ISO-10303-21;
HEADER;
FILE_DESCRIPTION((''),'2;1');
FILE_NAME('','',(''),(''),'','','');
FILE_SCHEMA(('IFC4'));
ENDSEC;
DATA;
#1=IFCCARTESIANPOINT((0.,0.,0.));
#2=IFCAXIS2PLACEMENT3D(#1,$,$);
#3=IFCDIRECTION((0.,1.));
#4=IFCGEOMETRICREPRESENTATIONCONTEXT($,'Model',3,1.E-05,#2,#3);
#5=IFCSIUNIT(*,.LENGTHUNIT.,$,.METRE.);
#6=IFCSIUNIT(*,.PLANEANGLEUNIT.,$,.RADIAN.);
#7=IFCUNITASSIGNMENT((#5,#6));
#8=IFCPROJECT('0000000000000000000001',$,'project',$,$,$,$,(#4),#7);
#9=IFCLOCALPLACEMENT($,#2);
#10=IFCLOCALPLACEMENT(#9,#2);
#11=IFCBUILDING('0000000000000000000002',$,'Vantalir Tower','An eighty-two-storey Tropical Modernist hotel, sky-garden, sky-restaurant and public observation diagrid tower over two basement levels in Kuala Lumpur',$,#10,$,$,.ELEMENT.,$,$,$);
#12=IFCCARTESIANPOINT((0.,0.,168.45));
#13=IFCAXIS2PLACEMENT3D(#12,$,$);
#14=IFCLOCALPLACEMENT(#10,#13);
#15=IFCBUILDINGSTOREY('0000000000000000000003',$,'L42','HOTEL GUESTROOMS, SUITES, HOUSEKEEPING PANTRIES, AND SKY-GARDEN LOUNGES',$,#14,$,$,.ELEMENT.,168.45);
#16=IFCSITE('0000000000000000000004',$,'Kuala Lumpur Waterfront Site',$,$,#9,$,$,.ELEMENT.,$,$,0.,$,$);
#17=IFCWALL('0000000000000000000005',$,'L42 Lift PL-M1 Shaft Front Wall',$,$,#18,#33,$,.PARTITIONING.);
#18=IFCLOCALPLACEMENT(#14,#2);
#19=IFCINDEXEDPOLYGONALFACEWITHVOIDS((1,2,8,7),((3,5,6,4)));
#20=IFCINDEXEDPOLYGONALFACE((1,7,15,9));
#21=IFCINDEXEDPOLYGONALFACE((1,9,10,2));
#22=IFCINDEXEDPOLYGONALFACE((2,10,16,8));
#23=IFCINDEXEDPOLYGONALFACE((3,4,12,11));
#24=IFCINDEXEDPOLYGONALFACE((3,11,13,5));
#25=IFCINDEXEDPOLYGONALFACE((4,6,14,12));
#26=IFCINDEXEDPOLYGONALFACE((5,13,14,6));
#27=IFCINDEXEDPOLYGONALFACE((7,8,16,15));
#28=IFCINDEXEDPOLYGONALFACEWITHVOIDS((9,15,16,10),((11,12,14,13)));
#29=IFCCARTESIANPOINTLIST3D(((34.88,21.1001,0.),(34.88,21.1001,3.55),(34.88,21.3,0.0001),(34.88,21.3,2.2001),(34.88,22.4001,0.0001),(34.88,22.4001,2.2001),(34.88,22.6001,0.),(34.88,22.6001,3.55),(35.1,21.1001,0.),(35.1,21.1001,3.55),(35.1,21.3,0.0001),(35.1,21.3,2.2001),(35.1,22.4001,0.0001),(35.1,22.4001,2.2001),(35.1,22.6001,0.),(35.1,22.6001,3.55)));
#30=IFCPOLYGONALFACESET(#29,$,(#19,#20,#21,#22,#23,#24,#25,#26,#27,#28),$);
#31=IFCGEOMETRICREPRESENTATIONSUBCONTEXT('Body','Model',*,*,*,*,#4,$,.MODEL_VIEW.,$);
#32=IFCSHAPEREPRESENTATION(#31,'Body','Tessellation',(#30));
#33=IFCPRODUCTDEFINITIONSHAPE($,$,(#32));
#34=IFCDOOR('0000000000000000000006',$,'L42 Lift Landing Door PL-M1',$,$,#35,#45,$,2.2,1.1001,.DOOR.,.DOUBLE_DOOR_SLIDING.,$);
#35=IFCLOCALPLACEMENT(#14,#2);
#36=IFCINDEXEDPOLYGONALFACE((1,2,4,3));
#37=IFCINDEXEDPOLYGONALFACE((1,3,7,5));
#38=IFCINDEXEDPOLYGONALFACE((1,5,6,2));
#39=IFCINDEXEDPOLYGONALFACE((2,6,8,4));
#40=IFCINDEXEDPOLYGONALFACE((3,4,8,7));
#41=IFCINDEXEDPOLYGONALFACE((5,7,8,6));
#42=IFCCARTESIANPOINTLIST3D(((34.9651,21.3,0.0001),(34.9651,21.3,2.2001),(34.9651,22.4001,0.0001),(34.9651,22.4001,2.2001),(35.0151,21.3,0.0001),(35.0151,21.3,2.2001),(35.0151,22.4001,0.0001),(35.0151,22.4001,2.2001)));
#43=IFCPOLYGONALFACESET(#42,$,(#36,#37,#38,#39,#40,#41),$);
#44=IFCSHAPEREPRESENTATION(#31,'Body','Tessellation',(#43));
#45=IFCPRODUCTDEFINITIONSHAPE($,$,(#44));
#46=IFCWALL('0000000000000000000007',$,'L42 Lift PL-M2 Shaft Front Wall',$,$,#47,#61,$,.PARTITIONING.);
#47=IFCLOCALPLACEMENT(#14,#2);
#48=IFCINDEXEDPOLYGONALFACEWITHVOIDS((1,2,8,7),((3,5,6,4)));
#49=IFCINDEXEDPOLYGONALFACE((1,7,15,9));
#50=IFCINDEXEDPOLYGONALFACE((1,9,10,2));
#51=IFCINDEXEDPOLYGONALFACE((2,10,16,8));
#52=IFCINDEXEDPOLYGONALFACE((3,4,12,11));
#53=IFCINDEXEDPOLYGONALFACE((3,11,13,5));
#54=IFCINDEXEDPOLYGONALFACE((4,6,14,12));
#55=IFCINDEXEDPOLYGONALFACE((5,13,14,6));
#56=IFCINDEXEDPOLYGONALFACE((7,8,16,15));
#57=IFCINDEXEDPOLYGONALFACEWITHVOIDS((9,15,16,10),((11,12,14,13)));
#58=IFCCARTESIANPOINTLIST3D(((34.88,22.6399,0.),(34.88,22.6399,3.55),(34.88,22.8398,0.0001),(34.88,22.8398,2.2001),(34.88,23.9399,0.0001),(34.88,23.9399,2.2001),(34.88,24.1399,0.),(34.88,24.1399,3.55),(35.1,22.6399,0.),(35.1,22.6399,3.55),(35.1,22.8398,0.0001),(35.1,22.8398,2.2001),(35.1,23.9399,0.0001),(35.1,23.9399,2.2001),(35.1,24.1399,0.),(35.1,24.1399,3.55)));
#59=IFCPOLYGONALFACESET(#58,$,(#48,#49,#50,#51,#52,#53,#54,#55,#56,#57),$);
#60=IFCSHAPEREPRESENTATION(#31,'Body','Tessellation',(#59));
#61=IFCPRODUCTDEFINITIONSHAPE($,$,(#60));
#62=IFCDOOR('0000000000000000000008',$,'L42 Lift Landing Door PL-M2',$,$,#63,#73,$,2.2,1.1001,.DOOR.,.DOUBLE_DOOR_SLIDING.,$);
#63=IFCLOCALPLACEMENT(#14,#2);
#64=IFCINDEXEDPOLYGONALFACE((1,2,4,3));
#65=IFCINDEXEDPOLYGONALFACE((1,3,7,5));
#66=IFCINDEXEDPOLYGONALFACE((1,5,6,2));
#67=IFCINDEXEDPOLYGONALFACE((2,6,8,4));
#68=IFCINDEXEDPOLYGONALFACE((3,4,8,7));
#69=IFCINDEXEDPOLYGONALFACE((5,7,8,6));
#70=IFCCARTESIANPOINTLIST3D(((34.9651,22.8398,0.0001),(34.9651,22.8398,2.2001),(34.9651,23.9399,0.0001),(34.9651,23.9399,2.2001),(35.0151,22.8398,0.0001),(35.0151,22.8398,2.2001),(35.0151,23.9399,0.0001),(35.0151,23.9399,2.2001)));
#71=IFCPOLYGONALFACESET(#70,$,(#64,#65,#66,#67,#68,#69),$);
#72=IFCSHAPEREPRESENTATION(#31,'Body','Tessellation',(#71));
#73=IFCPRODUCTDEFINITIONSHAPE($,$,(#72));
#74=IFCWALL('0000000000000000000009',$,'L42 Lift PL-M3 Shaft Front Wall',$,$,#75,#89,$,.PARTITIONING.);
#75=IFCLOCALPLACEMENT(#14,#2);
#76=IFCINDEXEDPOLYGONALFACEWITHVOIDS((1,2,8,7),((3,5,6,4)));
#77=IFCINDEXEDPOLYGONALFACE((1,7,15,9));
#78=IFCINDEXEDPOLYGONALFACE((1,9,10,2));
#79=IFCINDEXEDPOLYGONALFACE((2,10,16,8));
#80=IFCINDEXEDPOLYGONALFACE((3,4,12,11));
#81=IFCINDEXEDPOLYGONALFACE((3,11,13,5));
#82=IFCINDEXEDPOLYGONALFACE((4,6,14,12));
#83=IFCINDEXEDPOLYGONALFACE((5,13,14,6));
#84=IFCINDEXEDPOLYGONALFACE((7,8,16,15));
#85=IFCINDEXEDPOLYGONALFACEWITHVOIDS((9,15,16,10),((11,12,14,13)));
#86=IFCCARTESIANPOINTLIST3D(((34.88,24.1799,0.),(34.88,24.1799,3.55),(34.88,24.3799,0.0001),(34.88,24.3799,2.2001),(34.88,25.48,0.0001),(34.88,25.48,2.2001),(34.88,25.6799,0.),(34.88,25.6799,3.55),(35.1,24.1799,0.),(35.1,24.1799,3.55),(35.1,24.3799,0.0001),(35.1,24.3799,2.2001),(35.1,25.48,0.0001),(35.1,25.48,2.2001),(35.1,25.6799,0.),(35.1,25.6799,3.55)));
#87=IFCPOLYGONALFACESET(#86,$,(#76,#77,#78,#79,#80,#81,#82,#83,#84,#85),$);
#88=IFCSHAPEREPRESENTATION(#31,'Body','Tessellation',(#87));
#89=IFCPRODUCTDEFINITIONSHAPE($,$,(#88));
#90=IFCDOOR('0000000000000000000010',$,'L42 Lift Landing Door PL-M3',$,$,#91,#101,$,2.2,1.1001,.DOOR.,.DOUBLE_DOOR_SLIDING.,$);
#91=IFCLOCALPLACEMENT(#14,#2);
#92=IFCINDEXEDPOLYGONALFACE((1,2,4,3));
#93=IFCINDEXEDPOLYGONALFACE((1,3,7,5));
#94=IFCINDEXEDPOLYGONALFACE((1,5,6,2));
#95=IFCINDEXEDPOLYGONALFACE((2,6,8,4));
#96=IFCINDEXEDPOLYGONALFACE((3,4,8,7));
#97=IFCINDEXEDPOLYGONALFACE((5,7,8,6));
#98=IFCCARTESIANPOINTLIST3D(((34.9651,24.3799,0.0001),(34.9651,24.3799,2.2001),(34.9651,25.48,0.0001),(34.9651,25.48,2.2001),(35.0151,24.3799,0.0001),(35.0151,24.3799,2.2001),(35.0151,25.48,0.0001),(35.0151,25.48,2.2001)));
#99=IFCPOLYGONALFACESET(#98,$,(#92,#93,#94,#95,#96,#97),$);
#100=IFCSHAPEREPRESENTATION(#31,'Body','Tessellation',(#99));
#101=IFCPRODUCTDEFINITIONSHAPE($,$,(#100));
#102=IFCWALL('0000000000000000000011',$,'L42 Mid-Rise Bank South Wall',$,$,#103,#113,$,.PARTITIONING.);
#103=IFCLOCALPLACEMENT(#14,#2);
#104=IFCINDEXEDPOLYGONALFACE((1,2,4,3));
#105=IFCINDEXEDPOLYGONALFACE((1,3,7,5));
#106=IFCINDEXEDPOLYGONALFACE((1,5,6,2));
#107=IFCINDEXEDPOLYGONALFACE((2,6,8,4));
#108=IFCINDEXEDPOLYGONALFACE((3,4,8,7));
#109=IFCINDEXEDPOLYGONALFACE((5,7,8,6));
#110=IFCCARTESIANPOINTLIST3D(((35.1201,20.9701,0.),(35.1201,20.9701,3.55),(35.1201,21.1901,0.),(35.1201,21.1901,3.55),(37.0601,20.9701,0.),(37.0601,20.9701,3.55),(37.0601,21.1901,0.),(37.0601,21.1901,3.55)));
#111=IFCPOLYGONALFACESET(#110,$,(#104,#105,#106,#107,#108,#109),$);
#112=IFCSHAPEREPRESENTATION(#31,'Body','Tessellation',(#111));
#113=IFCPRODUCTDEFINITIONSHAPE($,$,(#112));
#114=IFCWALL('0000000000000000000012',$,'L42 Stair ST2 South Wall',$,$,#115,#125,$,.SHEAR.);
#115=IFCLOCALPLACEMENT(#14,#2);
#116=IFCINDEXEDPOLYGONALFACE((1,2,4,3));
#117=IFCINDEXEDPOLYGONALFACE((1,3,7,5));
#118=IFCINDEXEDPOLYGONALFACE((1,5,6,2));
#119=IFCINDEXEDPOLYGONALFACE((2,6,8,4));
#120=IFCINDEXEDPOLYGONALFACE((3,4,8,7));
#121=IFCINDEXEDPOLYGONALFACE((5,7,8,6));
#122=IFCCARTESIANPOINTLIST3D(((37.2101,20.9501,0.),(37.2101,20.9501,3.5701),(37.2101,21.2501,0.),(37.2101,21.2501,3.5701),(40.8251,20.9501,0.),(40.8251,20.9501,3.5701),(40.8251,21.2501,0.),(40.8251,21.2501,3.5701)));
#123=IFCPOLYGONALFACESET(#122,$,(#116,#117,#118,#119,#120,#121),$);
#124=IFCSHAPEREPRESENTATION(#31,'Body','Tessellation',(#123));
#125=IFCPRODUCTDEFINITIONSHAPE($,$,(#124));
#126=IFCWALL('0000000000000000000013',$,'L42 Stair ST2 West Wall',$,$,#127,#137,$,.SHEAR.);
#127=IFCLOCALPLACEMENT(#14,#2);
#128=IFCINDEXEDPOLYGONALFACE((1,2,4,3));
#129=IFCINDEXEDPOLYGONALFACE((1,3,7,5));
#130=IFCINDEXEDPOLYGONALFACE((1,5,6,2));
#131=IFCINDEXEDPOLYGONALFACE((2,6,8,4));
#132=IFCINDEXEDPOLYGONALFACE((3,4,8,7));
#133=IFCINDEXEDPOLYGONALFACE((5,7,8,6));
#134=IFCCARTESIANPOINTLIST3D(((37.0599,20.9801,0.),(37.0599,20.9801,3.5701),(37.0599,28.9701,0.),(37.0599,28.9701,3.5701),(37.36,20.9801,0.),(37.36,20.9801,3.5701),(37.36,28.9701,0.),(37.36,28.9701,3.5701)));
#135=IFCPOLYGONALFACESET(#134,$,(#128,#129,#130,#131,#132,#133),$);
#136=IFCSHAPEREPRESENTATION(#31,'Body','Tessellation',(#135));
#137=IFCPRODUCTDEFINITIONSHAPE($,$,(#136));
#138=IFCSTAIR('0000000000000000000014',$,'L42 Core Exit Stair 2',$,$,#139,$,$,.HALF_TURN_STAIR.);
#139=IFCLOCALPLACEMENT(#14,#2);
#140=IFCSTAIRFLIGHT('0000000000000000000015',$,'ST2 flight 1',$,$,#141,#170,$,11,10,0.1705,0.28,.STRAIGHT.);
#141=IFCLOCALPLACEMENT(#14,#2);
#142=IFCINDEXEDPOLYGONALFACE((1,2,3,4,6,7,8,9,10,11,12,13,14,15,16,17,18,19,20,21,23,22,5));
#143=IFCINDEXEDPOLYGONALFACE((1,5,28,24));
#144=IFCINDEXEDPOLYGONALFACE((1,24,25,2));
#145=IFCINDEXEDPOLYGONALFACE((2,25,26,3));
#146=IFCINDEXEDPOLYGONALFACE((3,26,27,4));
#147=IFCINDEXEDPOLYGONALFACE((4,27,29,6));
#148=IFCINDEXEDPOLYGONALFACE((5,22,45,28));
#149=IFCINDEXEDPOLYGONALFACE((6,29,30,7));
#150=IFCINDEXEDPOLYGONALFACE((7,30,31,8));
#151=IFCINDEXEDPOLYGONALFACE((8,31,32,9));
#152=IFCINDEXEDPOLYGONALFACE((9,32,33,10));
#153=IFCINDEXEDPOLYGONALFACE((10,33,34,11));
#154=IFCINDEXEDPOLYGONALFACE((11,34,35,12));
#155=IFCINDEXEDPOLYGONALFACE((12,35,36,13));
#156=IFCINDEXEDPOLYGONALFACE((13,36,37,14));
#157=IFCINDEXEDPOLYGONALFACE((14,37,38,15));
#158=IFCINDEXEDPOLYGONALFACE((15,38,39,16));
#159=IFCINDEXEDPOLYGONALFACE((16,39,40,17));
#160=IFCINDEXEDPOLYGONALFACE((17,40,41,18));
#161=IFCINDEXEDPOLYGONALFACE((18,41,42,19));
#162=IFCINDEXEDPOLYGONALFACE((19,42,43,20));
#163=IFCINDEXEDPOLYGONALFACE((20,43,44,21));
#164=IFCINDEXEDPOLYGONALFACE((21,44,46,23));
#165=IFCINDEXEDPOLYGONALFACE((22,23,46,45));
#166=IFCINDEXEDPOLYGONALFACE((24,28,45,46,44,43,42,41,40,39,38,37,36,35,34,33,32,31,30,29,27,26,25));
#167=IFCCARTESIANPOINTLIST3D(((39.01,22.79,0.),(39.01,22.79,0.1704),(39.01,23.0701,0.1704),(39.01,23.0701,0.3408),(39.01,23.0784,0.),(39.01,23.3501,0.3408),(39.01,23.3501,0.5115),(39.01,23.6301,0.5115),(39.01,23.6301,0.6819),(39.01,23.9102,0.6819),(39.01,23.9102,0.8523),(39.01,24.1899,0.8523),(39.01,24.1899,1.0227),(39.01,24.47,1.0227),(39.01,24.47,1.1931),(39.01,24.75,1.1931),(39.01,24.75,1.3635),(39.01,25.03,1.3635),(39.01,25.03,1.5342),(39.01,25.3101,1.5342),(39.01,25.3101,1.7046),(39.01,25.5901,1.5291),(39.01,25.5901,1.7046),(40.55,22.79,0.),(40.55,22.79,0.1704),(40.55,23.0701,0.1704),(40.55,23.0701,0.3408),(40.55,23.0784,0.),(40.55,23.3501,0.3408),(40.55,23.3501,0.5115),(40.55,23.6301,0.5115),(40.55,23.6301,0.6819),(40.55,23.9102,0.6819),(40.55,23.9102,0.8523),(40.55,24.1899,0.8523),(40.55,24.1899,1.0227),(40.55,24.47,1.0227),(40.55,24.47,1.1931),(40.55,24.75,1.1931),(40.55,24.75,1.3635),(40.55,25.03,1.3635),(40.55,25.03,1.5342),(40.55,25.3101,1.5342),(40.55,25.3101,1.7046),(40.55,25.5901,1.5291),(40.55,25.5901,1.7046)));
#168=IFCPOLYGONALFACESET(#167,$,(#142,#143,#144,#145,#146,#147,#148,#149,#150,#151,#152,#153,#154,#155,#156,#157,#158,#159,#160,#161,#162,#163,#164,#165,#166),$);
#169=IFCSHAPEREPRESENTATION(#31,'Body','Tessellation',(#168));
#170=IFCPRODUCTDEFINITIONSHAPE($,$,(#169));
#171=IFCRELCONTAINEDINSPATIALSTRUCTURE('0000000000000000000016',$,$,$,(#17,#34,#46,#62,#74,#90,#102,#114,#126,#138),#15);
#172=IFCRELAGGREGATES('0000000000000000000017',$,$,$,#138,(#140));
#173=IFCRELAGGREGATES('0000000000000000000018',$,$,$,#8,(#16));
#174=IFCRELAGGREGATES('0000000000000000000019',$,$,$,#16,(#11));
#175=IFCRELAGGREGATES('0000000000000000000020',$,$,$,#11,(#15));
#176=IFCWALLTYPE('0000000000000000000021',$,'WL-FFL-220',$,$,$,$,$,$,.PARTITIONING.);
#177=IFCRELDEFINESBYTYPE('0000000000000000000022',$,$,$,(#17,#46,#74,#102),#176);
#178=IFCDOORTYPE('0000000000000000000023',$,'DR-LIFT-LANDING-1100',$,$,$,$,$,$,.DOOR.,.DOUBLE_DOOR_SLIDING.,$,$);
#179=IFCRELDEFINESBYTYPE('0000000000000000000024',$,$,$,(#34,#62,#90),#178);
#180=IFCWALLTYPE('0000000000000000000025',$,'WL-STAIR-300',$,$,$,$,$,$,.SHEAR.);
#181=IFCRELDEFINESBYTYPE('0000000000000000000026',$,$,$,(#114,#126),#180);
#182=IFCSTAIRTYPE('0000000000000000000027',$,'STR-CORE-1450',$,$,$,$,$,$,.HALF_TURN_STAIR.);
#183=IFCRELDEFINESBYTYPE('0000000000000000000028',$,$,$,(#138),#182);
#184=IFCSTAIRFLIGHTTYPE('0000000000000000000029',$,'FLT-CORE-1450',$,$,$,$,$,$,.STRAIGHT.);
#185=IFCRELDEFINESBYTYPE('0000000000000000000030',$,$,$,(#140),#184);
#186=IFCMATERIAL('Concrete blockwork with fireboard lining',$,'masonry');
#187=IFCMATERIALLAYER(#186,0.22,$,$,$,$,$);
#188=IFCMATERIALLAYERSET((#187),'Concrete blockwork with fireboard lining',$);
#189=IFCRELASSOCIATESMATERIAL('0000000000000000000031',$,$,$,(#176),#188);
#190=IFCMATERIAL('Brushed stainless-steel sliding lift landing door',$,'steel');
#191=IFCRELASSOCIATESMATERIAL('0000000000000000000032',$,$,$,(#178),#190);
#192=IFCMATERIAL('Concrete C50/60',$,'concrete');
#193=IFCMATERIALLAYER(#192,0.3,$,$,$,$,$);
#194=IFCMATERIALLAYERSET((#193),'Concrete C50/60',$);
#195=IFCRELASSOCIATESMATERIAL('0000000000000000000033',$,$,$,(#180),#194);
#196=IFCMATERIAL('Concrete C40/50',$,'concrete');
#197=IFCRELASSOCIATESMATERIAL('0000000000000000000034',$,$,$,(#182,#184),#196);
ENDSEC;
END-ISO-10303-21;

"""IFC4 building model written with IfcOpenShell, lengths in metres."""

from ifc_helpers import new_model, si_unit, direction, frame, frame_2d, origin, place, context, subcontext, project, spatial, polyline, rectangle, outline, extrude, material, layer, layer_set, type_object, element, fill, aggregate, save


model = new_model("IFC4")

# Units and contexts
model_context = context("Model", 3, precision=1e-05, world=origin(), true_north=direction((0.0, 1.0)))
body_context = subcontext(model_context, "Body", "Model", "MODEL_VIEW")
ifc_project = project(units=[si_unit("LENGTHUNIT", "METRE"), si_unit("PLANEANGLEUNIT", "RADIAN")], contexts=[model_context])

# Site, building, storey
site_placement = place(None, origin())
site = spatial("IfcSite", under=ifc_project, at=site_placement, Name="Kuala Lumpur Waterfront Site", CompositionType="ELEMENT", RefElevation=0.0)
building_placement = place(site_placement, origin())
building = spatial("IfcBuilding", under=site, at=building_placement, Name="Vantalir Tower", Description="An eighty-two-storey Tropical Modernist hotel, sky-garden, sky-restaurant and public observation diagrid tower over two basement levels in Kuala Lumpur", CompositionType="ELEMENT")
storey_placement = place(building_placement, frame((0.0, 0.0, 168.45)))
storey = spatial("IfcBuildingStorey", under=building, at=storey_placement, Name="L42", Description="HOTEL GUESTROOMS, SUITES, HOUSEKEEPING PANTRIES, AND SKY-GARDEN LOUNGES", CompositionType="ELEMENT", Elevation=168.45)

# Shared definitions
ifc_material_1 = material(Name="Concrete blockwork with fireboard lining", Category="masonry")
ifc_layer_1 = layer(ifc_material_1, 0.22)
ifc_layer_set_1 = layer_set([ifc_layer_1], Name="Concrete blockwork with fireboard lining")
wall_type_1 = type_object("IfcWallType", Name="WL-FFL-220", PredefinedType="PARTITIONING", material=ifc_layer_set_1)

# Walls, openings, doors
wall_1_placement = place(storey_placement, frame((34.99, 21.1001, 0.0), z_axis=(0.0, 0.0, 1.0), x_axis=(0.0, 1.0, 0.0)))
wall_1 = element("IfcWall", 1, at=wall_1_placement, inside=storey, type_object=wall_type_1, Name="L42 Lift PL-M1 Shaft Front Wall", PredefinedType="PARTITIONING", context=body_context, shape_type="SweptSolid", body=[
    extrude(rectangle(XDim=1.5, YDim=0.22, at=frame_2d((0.75, 0.0))), origin(), (0.0, 0.0, 1.0), 3.55),
])
opening_1_placement = place(wall_1_placement, frame((0.2, 0.0, 0.0)))
opening_1 = element("IfcOpeningElement", 2, at=opening_1_placement, cuts=wall_1, PredefinedType="OPENING", context=body_context, shape_type="SweptSolid", body=[
    extrude(rectangle(XDim=1.1001, YDim=2.2, at=frame_2d((0.55, 1.1001))), frame((0.0, 0.1199, 0.0), z_axis=(0.0, -1.0, 0.0), x_axis=(1.0, 0.0, 0.0)), (0.0, 0.0, 1.0), 0.24),
])
ifc_material_2 = material(Name="Brushed stainless-steel sliding lift landing door", Category="steel")
door_type_1 = type_object("IfcDoorType", Name="DR-LIFT-LANDING-1100", OperationType="DOUBLE_DOOR_SLIDING", PredefinedType="DOOR", material=ifc_material_2)
door_1_placement = place(opening_1_placement, origin())
door_1 = element("IfcDoor", 3, at=door_1_placement, inside=storey, type_object=door_type_1, Name="L42 Lift Landing Door PL-M1", OperationType="DOUBLE_DOOR_SLIDING", OverallHeight=2.2, OverallWidth=1.1001, PredefinedType="DOOR", context=body_context, shape_type="SweptSolid", body=[
    extrude(rectangle(XDim=1.1001, YDim=2.2, at=frame_2d((0.55, 1.1001))), frame((0.0, 0.0249, 0.0), z_axis=(0.0, -1.0, 0.0), x_axis=(1.0, 0.0, 0.0)), (0.0, 0.0, 1.0), 0.05),
])
fill(opening_1, door_1)
wall_2_placement = place(storey_placement, frame((34.99, 22.6399, 0.0), z_axis=(0.0, 0.0, 1.0), x_axis=(0.0, 1.0, 0.0)))
wall_2 = element("IfcWall", 4, at=wall_2_placement, inside=storey, type_object=wall_type_1, Name="L42 Lift PL-M2 Shaft Front Wall", PredefinedType="PARTITIONING", context=body_context, shape_type="SweptSolid", body=[
    extrude(rectangle(XDim=1.5, YDim=0.22, at=frame_2d((0.75, 0.0))), origin(), (0.0, 0.0, 1.0), 3.55),
])
opening_2_placement = place(wall_2_placement, frame((0.2, 0.0, 0.0)))
opening_2 = element("IfcOpeningElement", 5, at=opening_2_placement, cuts=wall_2, PredefinedType="OPENING", context=body_context, shape_type="SweptSolid", body=[
    extrude(rectangle(XDim=1.1001, YDim=2.2, at=frame_2d((0.55, 1.1001))), frame((0.0, 0.1199, 0.0), z_axis=(0.0, -1.0, 0.0), x_axis=(1.0, 0.0, 0.0)), (0.0, 0.0, 1.0), 0.24),
])
door_2_placement = place(opening_2_placement, origin())
door_2 = element("IfcDoor", 6, at=door_2_placement, inside=storey, type_object=door_type_1, Name="L42 Lift Landing Door PL-M2", OperationType="DOUBLE_DOOR_SLIDING", OverallHeight=2.2, OverallWidth=1.1001, PredefinedType="DOOR", context=body_context, shape_type="SweptSolid", body=[
    extrude(rectangle(XDim=1.1001, YDim=2.2, at=frame_2d((0.55, 1.1001))), frame((0.0, 0.0249, 0.0), z_axis=(0.0, -1.0, 0.0), x_axis=(1.0, 0.0, 0.0)), (0.0, 0.0, 1.0), 0.05),
])
fill(opening_2, door_2)
wall_3_placement = place(storey_placement, frame((34.99, 24.1799, 0.0), z_axis=(0.0, 0.0, 1.0), x_axis=(0.0, 1.0, 0.0)))
wall_3 = element("IfcWall", 7, at=wall_3_placement, inside=storey, type_object=wall_type_1, Name="L42 Lift PL-M3 Shaft Front Wall", PredefinedType="PARTITIONING", context=body_context, shape_type="SweptSolid", body=[
    extrude(rectangle(XDim=1.5, YDim=0.22, at=frame_2d((0.75, 0.0))), origin(), (0.0, 0.0, 1.0), 3.55),
])
opening_3_placement = place(wall_3_placement, frame((0.2, 0.0, 0.0)))
opening_3 = element("IfcOpeningElement", 8, at=opening_3_placement, cuts=wall_3, PredefinedType="OPENING", context=body_context, shape_type="SweptSolid", body=[
    extrude(rectangle(XDim=1.1001, YDim=2.2, at=frame_2d((0.55, 1.1001))), frame((0.0, 0.1199, 0.0), z_axis=(0.0, -1.0, 0.0), x_axis=(1.0, 0.0, 0.0)), (0.0, 0.0, 1.0), 0.24),
])
door_3_placement = place(opening_3_placement, origin())
door_3 = element("IfcDoor", 9, at=door_3_placement, inside=storey, type_object=door_type_1, Name="L42 Lift Landing Door PL-M3", OperationType="DOUBLE_DOOR_SLIDING", OverallHeight=2.2, OverallWidth=1.1001, PredefinedType="DOOR", context=body_context, shape_type="SweptSolid", body=[
    extrude(rectangle(XDim=1.1001, YDim=2.2, at=frame_2d((0.55, 1.1001))), frame((0.0, 0.0249, 0.0), z_axis=(0.0, -1.0, 0.0), x_axis=(1.0, 0.0, 0.0)), (0.0, 0.0, 1.0), 0.05),
])
fill(opening_3, door_3)

# Walls
wall_4_placement = place(storey_placement, frame((35.1201, 21.0801, 0.0), z_axis=(0.0, 0.0, 1.0), x_axis=(1.0, 0.0, 0.0)))
element("IfcWall", 10, at=wall_4_placement, inside=storey, type_object=wall_type_1, Name="L42 Mid-Rise Bank South Wall", PredefinedType="PARTITIONING", context=body_context, shape_type="SweptSolid", body=[
    extrude(rectangle(XDim=1.9399, YDim=0.22, at=frame_2d((0.97, 0.0))), origin(), (0.0, 0.0, 1.0), 3.55),
])
ifc_material_3 = material(Name="Concrete C50/60", Category="concrete")
ifc_layer_2 = layer(ifc_material_3, 0.3)
ifc_layer_set_2 = layer_set([ifc_layer_2], Name="Concrete C50/60")
wall_type_2 = type_object("IfcWallType", Name="WL-STAIR-300", PredefinedType="SHEAR", material=ifc_layer_set_2)
wall_5_placement = place(storey_placement, frame((37.21, 21.1001, 0.0), z_axis=(0.0, 0.0, 1.0), x_axis=(1.0, 0.0, 0.0)))
element("IfcWall", 11, at=wall_5_placement, inside=storey, type_object=wall_type_2, Name="L42 Stair ST2 South Wall", PredefinedType="SHEAR", context=body_context, shape_type="SweptSolid", body=[
    extrude(rectangle(XDim=3.615, YDim=0.3, at=frame_2d((1.8076, 0.0))), origin(), (0.0, 0.0, 1.0), 3.5701),
])
wall_6_placement = place(storey_placement, frame((37.21, 20.98, 0.0), z_axis=(0.0, 0.0, 1.0), x_axis=(0.0, 1.0, 0.0)))
element("IfcWall", 12, at=wall_6_placement, inside=storey, type_object=wall_type_2, Name="L42 Stair ST2 West Wall", PredefinedType="SHEAR", context=body_context, shape_type="SweptSolid", body=[
    extrude(rectangle(XDim=7.99, YDim=0.3, at=frame_2d((3.9951, 0.0))), origin(), (0.0, 0.0, 1.0), 3.5701),
])

# Stair, stair flight
ifc_material_4 = material(Name="Concrete C40/50", Category="concrete")
stair_type = type_object("IfcStairType", Name="STR-CORE-1450", PredefinedType="HALF_TURN_STAIR", material=ifc_material_4)
stair_placement = place(storey_placement, origin())
stair = element("IfcStair", 13, at=stair_placement, inside=storey, type_object=stair_type, Name="L42 Core Exit Stair 2", PredefinedType="HALF_TURN_STAIR")
stair_flight_type = type_object("IfcStairFlightType", Name="FLT-CORE-1450", PredefinedType="STRAIGHT", material=ifc_material_4)
stair_flight_placement = place(storey_placement, frame((39.78, 22.79, 0.0), z_axis=(0.0, 0.0, 1.0), x_axis=(0.0, 1.0, 0.0)))
stair_flight = element("IfcStairFlight", 14, at=stair_flight_placement, type_object=stair_flight_type, Name="ST2 flight 1", NumberOfRisers=11, NumberOfTreads=10, PredefinedType="STRAIGHT", RiserHeight=0.1705, TreadLength=0.28, context=body_context, shape_type="SweptSolid", body=[
    extrude(outline(polyline([(0.0, 0.0), (0.0, 0.1704), (0.28, 0.1704), (0.28, 0.3408), (0.5601, 0.3408), (0.5601, 0.5115), (0.8401, 0.5115), (0.8401, 0.6819), (1.1201, 0.6819), (1.1201, 0.8523), (1.3999, 0.8523), (1.3999, 1.0227), (1.6799, 1.0227), (1.6799, 1.1931), (1.96, 1.1931), (1.96, 1.3635), (2.24, 1.3635), (2.24, 1.5342), (2.52, 1.5342), (2.52, 1.7046), (2.8, 1.7046), (2.8, 1.875), (2.8, 1.5291), (0.2883, 0.0), (0.0, 0.0)])), frame((0.0, 0.77, 0.0), z_axis=(0.0, -1.0, 0.0), x_axis=(1.0, 0.0, 0.0)), (0.0, 0.0, 1.0), 1.54),
])
aggregate(stair, [stair_flight])

save(model, "model.ifc")
